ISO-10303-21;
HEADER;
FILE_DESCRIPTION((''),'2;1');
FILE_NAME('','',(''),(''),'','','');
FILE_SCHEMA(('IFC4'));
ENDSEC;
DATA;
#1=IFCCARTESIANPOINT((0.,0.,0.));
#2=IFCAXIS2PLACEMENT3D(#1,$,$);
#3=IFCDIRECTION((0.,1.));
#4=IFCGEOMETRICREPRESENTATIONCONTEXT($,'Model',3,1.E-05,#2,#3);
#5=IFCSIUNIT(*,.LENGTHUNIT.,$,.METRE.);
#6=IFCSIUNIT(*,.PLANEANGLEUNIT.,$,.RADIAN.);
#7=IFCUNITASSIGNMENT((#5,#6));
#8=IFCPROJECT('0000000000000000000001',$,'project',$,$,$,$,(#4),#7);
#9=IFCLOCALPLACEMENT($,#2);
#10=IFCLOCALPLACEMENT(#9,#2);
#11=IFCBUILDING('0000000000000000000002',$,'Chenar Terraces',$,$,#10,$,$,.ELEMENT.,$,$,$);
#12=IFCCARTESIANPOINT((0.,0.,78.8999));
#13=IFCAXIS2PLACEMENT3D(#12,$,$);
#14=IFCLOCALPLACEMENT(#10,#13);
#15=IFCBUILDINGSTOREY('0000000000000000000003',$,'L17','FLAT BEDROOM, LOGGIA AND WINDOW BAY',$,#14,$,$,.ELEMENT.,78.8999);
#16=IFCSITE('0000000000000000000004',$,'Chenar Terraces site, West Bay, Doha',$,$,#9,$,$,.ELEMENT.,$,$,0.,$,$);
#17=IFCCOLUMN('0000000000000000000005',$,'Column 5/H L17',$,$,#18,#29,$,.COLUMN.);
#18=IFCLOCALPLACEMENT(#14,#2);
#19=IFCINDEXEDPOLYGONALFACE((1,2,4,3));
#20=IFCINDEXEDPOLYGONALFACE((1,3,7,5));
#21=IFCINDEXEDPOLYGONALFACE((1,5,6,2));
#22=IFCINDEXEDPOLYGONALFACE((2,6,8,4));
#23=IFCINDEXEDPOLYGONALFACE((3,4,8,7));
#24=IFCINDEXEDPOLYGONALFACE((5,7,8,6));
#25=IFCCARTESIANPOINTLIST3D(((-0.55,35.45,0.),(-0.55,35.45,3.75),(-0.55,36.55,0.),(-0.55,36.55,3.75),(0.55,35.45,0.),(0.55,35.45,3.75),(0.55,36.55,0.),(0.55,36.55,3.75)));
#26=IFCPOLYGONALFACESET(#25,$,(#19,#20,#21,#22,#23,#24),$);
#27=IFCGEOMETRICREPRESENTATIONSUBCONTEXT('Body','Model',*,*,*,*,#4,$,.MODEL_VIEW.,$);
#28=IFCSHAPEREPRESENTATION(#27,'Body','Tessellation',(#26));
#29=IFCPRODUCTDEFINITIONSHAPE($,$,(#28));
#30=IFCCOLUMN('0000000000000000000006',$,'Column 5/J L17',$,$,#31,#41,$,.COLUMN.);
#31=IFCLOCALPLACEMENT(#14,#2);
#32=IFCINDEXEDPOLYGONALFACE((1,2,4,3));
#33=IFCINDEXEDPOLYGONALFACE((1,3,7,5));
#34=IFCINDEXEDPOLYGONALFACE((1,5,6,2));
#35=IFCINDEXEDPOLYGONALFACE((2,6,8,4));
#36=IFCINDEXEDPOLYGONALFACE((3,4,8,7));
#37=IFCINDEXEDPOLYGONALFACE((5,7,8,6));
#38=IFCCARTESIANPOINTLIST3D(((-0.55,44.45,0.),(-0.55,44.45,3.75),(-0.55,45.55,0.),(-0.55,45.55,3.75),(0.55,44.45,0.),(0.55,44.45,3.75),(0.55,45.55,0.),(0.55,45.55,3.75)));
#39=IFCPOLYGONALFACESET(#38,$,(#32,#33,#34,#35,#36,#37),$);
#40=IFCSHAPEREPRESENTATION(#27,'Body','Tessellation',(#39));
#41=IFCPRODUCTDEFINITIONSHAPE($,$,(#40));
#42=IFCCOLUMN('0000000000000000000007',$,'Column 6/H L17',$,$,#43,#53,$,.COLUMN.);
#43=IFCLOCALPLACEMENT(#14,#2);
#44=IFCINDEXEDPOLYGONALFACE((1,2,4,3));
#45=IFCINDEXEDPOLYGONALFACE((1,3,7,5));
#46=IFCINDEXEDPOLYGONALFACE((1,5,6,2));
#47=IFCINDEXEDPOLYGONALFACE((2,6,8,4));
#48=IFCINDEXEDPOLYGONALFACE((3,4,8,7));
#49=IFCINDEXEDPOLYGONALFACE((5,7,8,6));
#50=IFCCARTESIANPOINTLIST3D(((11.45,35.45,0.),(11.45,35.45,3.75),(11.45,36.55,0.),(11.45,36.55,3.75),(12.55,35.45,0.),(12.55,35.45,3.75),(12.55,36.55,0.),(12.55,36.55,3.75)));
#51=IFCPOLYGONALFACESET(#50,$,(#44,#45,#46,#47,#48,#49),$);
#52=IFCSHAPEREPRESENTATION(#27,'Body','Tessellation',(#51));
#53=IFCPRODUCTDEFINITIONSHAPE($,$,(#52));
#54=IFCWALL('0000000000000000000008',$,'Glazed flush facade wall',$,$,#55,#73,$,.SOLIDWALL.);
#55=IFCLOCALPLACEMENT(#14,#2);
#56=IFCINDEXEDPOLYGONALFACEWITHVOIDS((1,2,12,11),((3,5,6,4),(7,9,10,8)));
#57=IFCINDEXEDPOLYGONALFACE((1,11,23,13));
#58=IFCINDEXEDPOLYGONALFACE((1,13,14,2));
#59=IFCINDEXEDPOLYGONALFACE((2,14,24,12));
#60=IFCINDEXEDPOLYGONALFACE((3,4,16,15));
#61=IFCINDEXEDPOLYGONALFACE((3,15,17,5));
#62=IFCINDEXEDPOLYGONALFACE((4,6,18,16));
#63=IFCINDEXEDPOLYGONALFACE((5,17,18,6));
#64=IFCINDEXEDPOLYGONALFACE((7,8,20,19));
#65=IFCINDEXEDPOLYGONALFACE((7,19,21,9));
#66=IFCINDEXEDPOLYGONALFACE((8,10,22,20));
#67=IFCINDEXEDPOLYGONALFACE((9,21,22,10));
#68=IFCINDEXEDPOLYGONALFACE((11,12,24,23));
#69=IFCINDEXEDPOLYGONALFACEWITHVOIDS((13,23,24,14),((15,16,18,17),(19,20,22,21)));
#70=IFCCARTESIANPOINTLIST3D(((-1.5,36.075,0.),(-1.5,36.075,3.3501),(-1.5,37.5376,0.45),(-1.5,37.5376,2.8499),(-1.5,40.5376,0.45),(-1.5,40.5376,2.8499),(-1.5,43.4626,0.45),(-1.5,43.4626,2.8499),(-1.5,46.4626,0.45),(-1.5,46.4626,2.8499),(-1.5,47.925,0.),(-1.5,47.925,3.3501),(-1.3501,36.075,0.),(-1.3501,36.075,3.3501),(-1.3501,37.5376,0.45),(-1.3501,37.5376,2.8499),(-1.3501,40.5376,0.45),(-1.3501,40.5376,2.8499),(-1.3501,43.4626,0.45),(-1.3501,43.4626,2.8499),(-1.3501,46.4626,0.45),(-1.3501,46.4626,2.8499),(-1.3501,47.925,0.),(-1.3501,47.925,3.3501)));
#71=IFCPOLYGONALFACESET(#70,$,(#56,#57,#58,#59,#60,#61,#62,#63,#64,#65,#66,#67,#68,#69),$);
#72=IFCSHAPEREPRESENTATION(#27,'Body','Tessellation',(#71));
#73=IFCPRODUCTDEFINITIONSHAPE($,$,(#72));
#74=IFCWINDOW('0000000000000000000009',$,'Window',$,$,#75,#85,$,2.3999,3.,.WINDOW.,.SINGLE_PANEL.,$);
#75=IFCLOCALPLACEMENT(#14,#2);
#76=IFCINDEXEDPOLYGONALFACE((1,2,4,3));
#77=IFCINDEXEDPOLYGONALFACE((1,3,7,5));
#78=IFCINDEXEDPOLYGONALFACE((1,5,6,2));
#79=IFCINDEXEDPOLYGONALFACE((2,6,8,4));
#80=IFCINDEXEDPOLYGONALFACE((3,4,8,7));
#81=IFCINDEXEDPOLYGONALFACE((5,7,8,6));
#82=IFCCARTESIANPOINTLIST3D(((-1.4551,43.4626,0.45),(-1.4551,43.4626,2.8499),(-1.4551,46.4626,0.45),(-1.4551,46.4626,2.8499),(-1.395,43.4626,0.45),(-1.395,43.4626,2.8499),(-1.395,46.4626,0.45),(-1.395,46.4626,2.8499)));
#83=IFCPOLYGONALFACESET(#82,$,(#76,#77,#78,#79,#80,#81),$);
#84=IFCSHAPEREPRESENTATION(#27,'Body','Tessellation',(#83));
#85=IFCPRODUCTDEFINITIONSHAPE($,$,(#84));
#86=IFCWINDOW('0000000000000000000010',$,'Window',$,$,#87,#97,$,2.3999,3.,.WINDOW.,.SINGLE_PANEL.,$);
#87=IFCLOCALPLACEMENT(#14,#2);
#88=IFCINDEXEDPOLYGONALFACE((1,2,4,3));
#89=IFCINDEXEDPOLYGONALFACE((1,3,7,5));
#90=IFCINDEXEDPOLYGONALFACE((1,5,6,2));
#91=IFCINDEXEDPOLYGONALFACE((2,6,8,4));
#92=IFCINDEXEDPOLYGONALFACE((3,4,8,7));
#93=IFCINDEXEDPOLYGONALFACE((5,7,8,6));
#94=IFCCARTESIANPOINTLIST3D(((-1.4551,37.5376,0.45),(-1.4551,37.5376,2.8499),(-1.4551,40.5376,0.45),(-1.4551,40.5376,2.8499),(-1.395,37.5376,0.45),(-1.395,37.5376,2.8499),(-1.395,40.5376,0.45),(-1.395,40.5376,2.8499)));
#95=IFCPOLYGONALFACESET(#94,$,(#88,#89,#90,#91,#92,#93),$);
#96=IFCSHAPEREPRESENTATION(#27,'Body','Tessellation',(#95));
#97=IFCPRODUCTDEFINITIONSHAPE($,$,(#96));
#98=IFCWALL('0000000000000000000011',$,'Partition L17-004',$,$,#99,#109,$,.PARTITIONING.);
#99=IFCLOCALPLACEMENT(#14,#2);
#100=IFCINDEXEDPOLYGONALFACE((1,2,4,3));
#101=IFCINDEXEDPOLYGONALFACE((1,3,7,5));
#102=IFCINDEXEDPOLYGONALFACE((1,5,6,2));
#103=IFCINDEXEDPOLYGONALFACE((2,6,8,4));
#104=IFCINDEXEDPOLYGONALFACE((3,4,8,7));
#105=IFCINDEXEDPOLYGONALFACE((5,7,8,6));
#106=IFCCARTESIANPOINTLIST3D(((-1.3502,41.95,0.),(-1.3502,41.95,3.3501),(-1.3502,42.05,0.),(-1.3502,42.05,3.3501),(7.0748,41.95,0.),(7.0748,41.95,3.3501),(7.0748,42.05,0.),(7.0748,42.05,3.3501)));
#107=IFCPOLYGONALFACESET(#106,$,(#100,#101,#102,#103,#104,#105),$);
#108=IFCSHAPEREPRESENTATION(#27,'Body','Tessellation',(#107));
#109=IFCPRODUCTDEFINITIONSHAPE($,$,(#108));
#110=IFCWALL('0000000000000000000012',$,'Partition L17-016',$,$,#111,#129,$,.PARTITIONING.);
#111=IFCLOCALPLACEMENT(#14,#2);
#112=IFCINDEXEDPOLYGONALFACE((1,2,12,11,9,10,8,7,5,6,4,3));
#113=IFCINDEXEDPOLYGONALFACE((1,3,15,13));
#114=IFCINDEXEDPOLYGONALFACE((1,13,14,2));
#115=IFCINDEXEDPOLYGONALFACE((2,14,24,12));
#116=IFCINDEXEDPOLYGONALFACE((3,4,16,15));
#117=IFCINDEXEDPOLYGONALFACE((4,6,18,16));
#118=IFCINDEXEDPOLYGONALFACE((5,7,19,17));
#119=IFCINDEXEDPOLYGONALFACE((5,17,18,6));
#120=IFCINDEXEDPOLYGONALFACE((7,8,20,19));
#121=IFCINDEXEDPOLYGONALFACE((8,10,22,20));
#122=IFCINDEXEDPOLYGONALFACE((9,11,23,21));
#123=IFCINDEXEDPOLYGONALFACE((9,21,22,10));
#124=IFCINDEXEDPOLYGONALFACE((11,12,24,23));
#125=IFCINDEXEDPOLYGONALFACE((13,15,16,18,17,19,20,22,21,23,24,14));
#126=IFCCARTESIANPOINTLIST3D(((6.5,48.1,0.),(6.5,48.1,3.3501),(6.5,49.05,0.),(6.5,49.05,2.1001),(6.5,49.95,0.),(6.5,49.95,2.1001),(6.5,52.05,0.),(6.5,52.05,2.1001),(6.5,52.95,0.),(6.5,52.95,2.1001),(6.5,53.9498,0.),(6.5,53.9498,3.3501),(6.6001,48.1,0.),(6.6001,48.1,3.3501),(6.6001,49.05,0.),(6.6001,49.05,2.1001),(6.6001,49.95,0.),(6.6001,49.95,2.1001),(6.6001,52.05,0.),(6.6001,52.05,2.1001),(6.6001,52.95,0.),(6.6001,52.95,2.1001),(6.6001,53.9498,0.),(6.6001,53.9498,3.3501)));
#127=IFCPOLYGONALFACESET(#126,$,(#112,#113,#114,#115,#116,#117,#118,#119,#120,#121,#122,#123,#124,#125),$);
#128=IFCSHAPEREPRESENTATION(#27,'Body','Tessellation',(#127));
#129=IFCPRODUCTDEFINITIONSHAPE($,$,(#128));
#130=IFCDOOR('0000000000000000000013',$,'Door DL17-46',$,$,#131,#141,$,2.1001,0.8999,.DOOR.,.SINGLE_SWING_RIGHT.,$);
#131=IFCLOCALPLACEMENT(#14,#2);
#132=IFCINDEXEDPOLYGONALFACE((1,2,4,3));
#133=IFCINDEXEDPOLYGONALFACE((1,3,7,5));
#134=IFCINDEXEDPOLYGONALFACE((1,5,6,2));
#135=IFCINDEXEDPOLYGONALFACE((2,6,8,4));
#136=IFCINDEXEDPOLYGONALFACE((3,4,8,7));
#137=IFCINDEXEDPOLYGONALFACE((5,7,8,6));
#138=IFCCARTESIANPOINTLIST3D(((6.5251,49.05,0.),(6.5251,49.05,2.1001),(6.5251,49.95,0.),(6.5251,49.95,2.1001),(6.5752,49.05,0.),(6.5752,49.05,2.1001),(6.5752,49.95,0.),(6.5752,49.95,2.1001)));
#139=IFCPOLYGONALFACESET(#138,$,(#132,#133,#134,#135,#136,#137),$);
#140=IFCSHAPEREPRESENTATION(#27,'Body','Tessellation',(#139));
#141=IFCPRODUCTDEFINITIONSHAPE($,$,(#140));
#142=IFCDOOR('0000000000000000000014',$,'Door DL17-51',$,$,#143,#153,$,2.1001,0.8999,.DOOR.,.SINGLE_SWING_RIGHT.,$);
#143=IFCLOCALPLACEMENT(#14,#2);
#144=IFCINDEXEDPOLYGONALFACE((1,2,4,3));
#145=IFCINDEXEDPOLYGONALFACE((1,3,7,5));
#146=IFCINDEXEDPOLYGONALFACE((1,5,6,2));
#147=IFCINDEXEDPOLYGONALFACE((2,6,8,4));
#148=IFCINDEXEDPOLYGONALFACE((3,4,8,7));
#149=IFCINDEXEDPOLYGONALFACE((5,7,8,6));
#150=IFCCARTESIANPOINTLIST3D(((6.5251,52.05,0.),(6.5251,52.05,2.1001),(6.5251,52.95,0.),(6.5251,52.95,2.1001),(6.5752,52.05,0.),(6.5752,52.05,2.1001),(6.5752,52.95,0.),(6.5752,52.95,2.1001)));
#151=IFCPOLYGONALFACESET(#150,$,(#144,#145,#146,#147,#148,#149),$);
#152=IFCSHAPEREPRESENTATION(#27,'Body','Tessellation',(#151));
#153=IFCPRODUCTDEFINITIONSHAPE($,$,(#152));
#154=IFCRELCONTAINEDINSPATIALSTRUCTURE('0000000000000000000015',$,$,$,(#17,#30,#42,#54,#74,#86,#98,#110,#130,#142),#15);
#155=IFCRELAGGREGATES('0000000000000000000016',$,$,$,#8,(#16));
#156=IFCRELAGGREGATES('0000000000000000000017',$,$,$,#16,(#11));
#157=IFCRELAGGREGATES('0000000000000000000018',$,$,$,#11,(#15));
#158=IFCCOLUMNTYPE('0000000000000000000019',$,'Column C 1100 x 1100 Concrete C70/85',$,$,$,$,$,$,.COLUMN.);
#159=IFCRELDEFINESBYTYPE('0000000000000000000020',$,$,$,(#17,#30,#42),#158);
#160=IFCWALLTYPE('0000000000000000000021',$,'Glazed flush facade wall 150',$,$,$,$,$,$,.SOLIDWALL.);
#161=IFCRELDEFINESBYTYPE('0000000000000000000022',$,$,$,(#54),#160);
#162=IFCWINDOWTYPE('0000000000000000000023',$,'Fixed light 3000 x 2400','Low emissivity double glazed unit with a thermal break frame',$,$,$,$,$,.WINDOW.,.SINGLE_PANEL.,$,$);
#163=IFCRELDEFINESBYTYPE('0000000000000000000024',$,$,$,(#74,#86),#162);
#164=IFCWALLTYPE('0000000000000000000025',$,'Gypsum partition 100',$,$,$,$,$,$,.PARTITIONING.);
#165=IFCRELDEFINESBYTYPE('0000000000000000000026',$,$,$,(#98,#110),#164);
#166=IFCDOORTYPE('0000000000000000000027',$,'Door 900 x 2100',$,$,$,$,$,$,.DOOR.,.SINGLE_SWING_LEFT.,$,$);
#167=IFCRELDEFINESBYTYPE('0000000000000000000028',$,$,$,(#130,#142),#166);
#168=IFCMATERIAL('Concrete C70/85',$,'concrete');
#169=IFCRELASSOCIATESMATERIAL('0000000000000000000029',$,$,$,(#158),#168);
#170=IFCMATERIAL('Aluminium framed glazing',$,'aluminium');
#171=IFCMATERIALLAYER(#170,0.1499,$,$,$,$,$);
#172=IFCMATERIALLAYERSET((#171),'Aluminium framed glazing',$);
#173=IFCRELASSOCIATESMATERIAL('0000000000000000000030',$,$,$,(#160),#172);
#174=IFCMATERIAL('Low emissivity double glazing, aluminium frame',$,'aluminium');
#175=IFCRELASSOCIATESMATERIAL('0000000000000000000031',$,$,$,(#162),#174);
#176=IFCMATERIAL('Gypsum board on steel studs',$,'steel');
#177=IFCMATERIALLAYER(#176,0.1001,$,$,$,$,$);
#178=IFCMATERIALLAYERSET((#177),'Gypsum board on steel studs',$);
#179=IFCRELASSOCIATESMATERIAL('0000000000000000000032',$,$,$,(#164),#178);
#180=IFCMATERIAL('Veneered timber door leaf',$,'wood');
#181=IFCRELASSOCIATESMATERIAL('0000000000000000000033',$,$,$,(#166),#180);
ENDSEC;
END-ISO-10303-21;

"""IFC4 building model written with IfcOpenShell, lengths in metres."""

from ifc_helpers import new_model, si_unit, direction, frame, frame_2d, origin, origin_2d, place, context, subcontext, project, spatial, rectangle, extrude, material, layer, layer_set, material_profile, profile_set, type_object, element, fill, save


model = new_model("IFC4")

# Units and contexts
model_context = context("Model", 3, precision=1e-05, world=origin(), true_north=direction((0.0, 1.0)))
body_context = subcontext(model_context, "Body", "Model", "MODEL_VIEW")
ifc_project = project(units=[si_unit("LENGTHUNIT", "METRE"), si_unit("PLANEANGLEUNIT", "RADIAN")], contexts=[model_context])

# Site, building, storey
site_placement = place(None, origin())
site = spatial("IfcSite", under=ifc_project, at=site_placement, Name="Chenar Terraces site, West Bay, Doha", CompositionType="ELEMENT", RefElevation=0.0)
building_placement = place(site_placement, origin())
building = spatial("IfcBuilding", under=site, at=building_placement, Name="Chenar Terraces", CompositionType="ELEMENT")
storey_placement = place(building_placement, frame((0.0, 0.0, 78.8999)))
storey = spatial("IfcBuildingStorey", under=building, at=storey_placement, Name="L17", Description="FLAT BEDROOM, LOGGIA AND WINDOW BAY", CompositionType="ELEMENT", Elevation=78.8999)

# Columns
ifc_material_1 = material(Name="Concrete C70/85", Category="concrete")
ifc_material_profile_1 = material_profile(ifc_material_1, rectangle(XDim=1.1001, YDim=1.1001, at=origin_2d()), Name="C 1100 x 1100")
ifc_profile_set_1 = profile_set([ifc_material_profile_1], Name="Concrete C70/85")
column_type = type_object("IfcColumnType", Name="Column C 1100 x 1100 Concrete C70/85", PredefinedType="COLUMN", material=ifc_profile_set_1)
placement = place(storey_placement, frame((0.0, 36.0, 0.0), z_axis=(0.0, 0.0, 1.0), x_axis=(1.0, 0.0, 0.0)))
element("IfcColumn", 1, at=placement, inside=storey, type_object=column_type, Name="Column 5/H L17", PredefinedType="COLUMN", context=body_context, shape_type="SweptSolid", body=[
    extrude(rectangle(XDim=1.1001, YDim=1.1001, at=origin_2d()), origin(), (0.0, 0.0, 1.0), 3.75),
])
for number, where, z_axis, x_axis, name in (
    (2, (0.0, 45.0, 0.0), (0.0, 0.0, 1.0), (1.0, 0.0, 0.0), "Column 5/J L17"),
    (3, (12.0, 36.0, 0.0), (0.0, 0.0, 1.0), (1.0, 0.0, 0.0), "Column 6/H L17"),
):
    element("IfcColumn", number, at=place(storey_placement, frame(where, z_axis=z_axis, x_axis=x_axis)), inside=storey, type_object=column_type, Name=name, PredefinedType="COLUMN", context=body_context, shape_type="SweptSolid", body=[
        extrude(rectangle(XDim=1.1001, YDim=1.1001, at=origin_2d()), origin(), (0.0, 0.0, 1.0), 3.75),
    ])

# Wall, openings, windows
ifc_material_2 = material(Name="Aluminium framed glazing", Category="aluminium")
ifc_layer_1 = layer(ifc_material_2, 0.1499)
ifc_layer_set_1 = layer_set([ifc_layer_1], Name="Aluminium framed glazing")
wall_type_1 = type_object("IfcWallType", Name="Glazed flush facade wall 150", PredefinedType="SOLIDWALL", material=ifc_layer_set_1)
wall_1_placement = place(storey_placement, frame((-1.425, 47.925, 0.0), z_axis=(0.0, 0.0, 1.0), x_axis=(0.0, -1.0, 0.0)))
wall_1 = element("IfcWall", 4, at=wall_1_placement, inside=storey, type_object=wall_type_1, Name="Glazed flush facade wall", PredefinedType="SOLIDWALL", context=body_context, shape_type="SweptSolid", body=[
    extrude(rectangle(XDim=11.8501, YDim=0.1499, at=frame_2d((5.925, 0.0))), origin(), (0.0, 0.0, 1.0), 3.3501),
])
opening_1_placement = place(wall_1_placement, frame((1.4624, 0.0, 0.45)))
opening_1 = element("IfcOpeningElement", 5, at=opening_1_placement, cuts=wall_1, PredefinedType="OPENING", context=body_context, shape_type="SweptSolid", body=[
    extrude(rectangle(XDim=3.0, YDim=2.3999, at=frame_2d((1.5, 1.2))), frame((0.0, 0.085, 0.0), z_axis=(0.0, -1.0, 0.0), x_axis=(1.0, 0.0, 0.0)), (0.0, 0.0, 1.0), 0.1699),
])
opening_2_placement = place(wall_1_placement, frame((7.3875, 0.0, 0.45)))
opening_2 = element("IfcOpeningElement", 6, at=opening_2_placement, cuts=wall_1, PredefinedType="OPENING", context=body_context, shape_type="SweptSolid", body=[
    extrude(rectangle(XDim=3.0, YDim=2.3999, at=frame_2d((1.5, 1.2))), frame((0.0, 0.085, 0.0), z_axis=(0.0, -1.0, 0.0), x_axis=(1.0, 0.0, 0.0)), (0.0, 0.0, 1.0), 0.1699),
])
ifc_material_3 = material(Name="Low emissivity double glazing, aluminium frame", Category="aluminium")
window_type = type_object("IfcWindowType", Name="Fixed light 3000 x 2400", Description="Low emissivity double glazed unit with a thermal break frame", PartitioningType="SINGLE_PANEL", PredefinedType="WINDOW", material=ifc_material_3)
window_1_placement = place(opening_1_placement, origin())
window_1 = element("IfcWindow", 7, at=window_1_placement, inside=storey, type_object=window_type, Name="Window", OverallHeight=2.3999, OverallWidth=3.0, PartitioningType="SINGLE_PANEL", PredefinedType="WINDOW", context=body_context, shape_type="SweptSolid", body=[
    extrude(rectangle(XDim=3.0, YDim=2.3999, at=frame_2d((1.5, 1.2))), frame((0.0, 0.03, 0.0), z_axis=(0.0, -1.0, 0.0), x_axis=(1.0, 0.0, 0.0)), (0.0, 0.0, 1.0), 0.0601),
])
fill(opening_1, window_1)
window_2_placement = place(opening_2_placement, origin())
window_2 = element("IfcWindow", 8, at=window_2_placement, inside=storey, type_object=window_type, Name="Window", OverallHeight=2.3999, OverallWidth=3.0, PartitioningType="SINGLE_PANEL", PredefinedType="WINDOW", context=body_context, shape_type="SweptSolid", body=[
    extrude(rectangle(XDim=3.0, YDim=2.3999, at=frame_2d((1.5, 1.2))), frame((0.0, 0.03, 0.0), z_axis=(0.0, -1.0, 0.0), x_axis=(1.0, 0.0, 0.0)), (0.0, 0.0, 1.0), 0.0601),
])
fill(opening_2, window_2)

# Wall
ifc_material_4 = material(Name="Gypsum board on steel studs", Category="steel")
ifc_layer_2 = layer(ifc_material_4, 0.1001)
ifc_layer_set_2 = layer_set([ifc_layer_2], Name="Gypsum board on steel studs")
wall_type_2 = type_object("IfcWallType", Name="Gypsum partition 100", PredefinedType="PARTITIONING", material=ifc_layer_set_2)
wall_2_placement = place(storey_placement, frame((-1.3501, 42.0, 0.0), z_axis=(0.0, 0.0, 1.0), x_axis=(1.0, 0.0, 0.0)))
element("IfcWall", 9, at=wall_2_placement, inside=storey, type_object=wall_type_2, Name="Partition L17-004", PredefinedType="PARTITIONING", context=body_context, shape_type="SweptSolid", body=[
    extrude(rectangle(XDim=8.425, YDim=0.1001, at=frame_2d((4.2124, 0.0))), origin(), (0.0, 0.0, 1.0), 3.3501),
])

# Wall, openings, doors
wall_3_placement = place(storey_placement, frame((6.55, 48.1001, 0.0), z_axis=(0.0, 0.0, 1.0), x_axis=(0.0, 1.0, 0.0)))
wall_3 = element("IfcWall", 10, at=wall_3_placement, inside=storey, type_object=wall_type_2, Name="Partition L17-016", PredefinedType="PARTITIONING", context=body_context, shape_type="SweptSolid", body=[
    extrude(rectangle(XDim=5.8499, YDim=0.1001, at=frame_2d((2.9248, 0.0))), origin(), (0.0, 0.0, 1.0), 3.3501),
])
opening_3_placement = place(wall_3_placement, frame((0.95, 0.0, 0.0)))
opening_3 = element("IfcOpeningElement", 11, at=opening_3_placement, cuts=wall_3, PredefinedType="OPENING", context=body_context, shape_type="SweptSolid", body=[
    extrude(rectangle(XDim=0.8999, YDim=2.1001, at=frame_2d((0.45, 1.05))), frame((0.0, 0.0601, 0.0), z_axis=(0.0, -1.0, 0.0), x_axis=(1.0, 0.0, 0.0)), (0.0, 0.0, 1.0), 0.1201),
])
opening_4_placement = place(wall_3_placement, frame((3.95, 0.0, 0.0)))
opening_4 = element("IfcOpeningElement", 12, at=opening_4_placement, cuts=wall_3, PredefinedType="OPENING", context=body_context, shape_type="SweptSolid", body=[
    extrude(rectangle(XDim=0.8999, YDim=2.1001, at=frame_2d((0.45, 1.05))), frame((0.0, 0.0601, 0.0), z_axis=(0.0, -1.0, 0.0), x_axis=(1.0, 0.0, 0.0)), (0.0, 0.0, 1.0), 0.1201),
])
ifc_material_5 = material(Name="Veneered timber door leaf", Category="wood")
door_type_1 = type_object("IfcDoorType", Name="Door 900 x 2100", OperationType="SINGLE_SWING_LEFT", PredefinedType="DOOR", material=ifc_material_5)
door_1_placement = place(opening_3_placement, origin())
door_1 = element("IfcDoor", 13, at=door_1_placement, inside=storey, type_object=door_type_1, Name="Door DL17-46", OperationType="SINGLE_SWING_RIGHT", OverallHeight=2.1001, OverallWidth=0.8999, PredefinedType="DOOR", context=body_context, shape_type="SweptSolid", body=[
    extrude(rectangle(XDim=0.8999, YDim=2.1001, at=frame_2d((0.45, 1.05))), frame((0.0, 0.0249, 0.0), z_axis=(0.0, -1.0, 0.0), x_axis=(1.0, 0.0, 0.0)), (0.0, 0.0, 1.0), 0.05),
])
fill(opening_3, door_1)
door_2_placement = place(opening_4_placement, origin())
door_2 = element("IfcDoor", 14, at=door_2_placement, inside=storey, type_object=door_type_1, Name="Door DL17-51", OperationType="SINGLE_SWING_RIGHT", OverallHeight=2.1001, OverallWidth=0.8999, PredefinedType="DOOR", context=body_context, shape_type="SweptSolid", body=[
    extrude(rectangle(XDim=0.8999, YDim=2.1001, at=frame_2d((0.45, 1.05))), frame((0.0, 0.0249, 0.0), z_axis=(0.0, -1.0, 0.0), x_axis=(1.0, 0.0, 0.0)), (0.0, 0.0, 1.0), 0.05),
])
fill(opening_4, door_2)

save(model, "model.ifc")
